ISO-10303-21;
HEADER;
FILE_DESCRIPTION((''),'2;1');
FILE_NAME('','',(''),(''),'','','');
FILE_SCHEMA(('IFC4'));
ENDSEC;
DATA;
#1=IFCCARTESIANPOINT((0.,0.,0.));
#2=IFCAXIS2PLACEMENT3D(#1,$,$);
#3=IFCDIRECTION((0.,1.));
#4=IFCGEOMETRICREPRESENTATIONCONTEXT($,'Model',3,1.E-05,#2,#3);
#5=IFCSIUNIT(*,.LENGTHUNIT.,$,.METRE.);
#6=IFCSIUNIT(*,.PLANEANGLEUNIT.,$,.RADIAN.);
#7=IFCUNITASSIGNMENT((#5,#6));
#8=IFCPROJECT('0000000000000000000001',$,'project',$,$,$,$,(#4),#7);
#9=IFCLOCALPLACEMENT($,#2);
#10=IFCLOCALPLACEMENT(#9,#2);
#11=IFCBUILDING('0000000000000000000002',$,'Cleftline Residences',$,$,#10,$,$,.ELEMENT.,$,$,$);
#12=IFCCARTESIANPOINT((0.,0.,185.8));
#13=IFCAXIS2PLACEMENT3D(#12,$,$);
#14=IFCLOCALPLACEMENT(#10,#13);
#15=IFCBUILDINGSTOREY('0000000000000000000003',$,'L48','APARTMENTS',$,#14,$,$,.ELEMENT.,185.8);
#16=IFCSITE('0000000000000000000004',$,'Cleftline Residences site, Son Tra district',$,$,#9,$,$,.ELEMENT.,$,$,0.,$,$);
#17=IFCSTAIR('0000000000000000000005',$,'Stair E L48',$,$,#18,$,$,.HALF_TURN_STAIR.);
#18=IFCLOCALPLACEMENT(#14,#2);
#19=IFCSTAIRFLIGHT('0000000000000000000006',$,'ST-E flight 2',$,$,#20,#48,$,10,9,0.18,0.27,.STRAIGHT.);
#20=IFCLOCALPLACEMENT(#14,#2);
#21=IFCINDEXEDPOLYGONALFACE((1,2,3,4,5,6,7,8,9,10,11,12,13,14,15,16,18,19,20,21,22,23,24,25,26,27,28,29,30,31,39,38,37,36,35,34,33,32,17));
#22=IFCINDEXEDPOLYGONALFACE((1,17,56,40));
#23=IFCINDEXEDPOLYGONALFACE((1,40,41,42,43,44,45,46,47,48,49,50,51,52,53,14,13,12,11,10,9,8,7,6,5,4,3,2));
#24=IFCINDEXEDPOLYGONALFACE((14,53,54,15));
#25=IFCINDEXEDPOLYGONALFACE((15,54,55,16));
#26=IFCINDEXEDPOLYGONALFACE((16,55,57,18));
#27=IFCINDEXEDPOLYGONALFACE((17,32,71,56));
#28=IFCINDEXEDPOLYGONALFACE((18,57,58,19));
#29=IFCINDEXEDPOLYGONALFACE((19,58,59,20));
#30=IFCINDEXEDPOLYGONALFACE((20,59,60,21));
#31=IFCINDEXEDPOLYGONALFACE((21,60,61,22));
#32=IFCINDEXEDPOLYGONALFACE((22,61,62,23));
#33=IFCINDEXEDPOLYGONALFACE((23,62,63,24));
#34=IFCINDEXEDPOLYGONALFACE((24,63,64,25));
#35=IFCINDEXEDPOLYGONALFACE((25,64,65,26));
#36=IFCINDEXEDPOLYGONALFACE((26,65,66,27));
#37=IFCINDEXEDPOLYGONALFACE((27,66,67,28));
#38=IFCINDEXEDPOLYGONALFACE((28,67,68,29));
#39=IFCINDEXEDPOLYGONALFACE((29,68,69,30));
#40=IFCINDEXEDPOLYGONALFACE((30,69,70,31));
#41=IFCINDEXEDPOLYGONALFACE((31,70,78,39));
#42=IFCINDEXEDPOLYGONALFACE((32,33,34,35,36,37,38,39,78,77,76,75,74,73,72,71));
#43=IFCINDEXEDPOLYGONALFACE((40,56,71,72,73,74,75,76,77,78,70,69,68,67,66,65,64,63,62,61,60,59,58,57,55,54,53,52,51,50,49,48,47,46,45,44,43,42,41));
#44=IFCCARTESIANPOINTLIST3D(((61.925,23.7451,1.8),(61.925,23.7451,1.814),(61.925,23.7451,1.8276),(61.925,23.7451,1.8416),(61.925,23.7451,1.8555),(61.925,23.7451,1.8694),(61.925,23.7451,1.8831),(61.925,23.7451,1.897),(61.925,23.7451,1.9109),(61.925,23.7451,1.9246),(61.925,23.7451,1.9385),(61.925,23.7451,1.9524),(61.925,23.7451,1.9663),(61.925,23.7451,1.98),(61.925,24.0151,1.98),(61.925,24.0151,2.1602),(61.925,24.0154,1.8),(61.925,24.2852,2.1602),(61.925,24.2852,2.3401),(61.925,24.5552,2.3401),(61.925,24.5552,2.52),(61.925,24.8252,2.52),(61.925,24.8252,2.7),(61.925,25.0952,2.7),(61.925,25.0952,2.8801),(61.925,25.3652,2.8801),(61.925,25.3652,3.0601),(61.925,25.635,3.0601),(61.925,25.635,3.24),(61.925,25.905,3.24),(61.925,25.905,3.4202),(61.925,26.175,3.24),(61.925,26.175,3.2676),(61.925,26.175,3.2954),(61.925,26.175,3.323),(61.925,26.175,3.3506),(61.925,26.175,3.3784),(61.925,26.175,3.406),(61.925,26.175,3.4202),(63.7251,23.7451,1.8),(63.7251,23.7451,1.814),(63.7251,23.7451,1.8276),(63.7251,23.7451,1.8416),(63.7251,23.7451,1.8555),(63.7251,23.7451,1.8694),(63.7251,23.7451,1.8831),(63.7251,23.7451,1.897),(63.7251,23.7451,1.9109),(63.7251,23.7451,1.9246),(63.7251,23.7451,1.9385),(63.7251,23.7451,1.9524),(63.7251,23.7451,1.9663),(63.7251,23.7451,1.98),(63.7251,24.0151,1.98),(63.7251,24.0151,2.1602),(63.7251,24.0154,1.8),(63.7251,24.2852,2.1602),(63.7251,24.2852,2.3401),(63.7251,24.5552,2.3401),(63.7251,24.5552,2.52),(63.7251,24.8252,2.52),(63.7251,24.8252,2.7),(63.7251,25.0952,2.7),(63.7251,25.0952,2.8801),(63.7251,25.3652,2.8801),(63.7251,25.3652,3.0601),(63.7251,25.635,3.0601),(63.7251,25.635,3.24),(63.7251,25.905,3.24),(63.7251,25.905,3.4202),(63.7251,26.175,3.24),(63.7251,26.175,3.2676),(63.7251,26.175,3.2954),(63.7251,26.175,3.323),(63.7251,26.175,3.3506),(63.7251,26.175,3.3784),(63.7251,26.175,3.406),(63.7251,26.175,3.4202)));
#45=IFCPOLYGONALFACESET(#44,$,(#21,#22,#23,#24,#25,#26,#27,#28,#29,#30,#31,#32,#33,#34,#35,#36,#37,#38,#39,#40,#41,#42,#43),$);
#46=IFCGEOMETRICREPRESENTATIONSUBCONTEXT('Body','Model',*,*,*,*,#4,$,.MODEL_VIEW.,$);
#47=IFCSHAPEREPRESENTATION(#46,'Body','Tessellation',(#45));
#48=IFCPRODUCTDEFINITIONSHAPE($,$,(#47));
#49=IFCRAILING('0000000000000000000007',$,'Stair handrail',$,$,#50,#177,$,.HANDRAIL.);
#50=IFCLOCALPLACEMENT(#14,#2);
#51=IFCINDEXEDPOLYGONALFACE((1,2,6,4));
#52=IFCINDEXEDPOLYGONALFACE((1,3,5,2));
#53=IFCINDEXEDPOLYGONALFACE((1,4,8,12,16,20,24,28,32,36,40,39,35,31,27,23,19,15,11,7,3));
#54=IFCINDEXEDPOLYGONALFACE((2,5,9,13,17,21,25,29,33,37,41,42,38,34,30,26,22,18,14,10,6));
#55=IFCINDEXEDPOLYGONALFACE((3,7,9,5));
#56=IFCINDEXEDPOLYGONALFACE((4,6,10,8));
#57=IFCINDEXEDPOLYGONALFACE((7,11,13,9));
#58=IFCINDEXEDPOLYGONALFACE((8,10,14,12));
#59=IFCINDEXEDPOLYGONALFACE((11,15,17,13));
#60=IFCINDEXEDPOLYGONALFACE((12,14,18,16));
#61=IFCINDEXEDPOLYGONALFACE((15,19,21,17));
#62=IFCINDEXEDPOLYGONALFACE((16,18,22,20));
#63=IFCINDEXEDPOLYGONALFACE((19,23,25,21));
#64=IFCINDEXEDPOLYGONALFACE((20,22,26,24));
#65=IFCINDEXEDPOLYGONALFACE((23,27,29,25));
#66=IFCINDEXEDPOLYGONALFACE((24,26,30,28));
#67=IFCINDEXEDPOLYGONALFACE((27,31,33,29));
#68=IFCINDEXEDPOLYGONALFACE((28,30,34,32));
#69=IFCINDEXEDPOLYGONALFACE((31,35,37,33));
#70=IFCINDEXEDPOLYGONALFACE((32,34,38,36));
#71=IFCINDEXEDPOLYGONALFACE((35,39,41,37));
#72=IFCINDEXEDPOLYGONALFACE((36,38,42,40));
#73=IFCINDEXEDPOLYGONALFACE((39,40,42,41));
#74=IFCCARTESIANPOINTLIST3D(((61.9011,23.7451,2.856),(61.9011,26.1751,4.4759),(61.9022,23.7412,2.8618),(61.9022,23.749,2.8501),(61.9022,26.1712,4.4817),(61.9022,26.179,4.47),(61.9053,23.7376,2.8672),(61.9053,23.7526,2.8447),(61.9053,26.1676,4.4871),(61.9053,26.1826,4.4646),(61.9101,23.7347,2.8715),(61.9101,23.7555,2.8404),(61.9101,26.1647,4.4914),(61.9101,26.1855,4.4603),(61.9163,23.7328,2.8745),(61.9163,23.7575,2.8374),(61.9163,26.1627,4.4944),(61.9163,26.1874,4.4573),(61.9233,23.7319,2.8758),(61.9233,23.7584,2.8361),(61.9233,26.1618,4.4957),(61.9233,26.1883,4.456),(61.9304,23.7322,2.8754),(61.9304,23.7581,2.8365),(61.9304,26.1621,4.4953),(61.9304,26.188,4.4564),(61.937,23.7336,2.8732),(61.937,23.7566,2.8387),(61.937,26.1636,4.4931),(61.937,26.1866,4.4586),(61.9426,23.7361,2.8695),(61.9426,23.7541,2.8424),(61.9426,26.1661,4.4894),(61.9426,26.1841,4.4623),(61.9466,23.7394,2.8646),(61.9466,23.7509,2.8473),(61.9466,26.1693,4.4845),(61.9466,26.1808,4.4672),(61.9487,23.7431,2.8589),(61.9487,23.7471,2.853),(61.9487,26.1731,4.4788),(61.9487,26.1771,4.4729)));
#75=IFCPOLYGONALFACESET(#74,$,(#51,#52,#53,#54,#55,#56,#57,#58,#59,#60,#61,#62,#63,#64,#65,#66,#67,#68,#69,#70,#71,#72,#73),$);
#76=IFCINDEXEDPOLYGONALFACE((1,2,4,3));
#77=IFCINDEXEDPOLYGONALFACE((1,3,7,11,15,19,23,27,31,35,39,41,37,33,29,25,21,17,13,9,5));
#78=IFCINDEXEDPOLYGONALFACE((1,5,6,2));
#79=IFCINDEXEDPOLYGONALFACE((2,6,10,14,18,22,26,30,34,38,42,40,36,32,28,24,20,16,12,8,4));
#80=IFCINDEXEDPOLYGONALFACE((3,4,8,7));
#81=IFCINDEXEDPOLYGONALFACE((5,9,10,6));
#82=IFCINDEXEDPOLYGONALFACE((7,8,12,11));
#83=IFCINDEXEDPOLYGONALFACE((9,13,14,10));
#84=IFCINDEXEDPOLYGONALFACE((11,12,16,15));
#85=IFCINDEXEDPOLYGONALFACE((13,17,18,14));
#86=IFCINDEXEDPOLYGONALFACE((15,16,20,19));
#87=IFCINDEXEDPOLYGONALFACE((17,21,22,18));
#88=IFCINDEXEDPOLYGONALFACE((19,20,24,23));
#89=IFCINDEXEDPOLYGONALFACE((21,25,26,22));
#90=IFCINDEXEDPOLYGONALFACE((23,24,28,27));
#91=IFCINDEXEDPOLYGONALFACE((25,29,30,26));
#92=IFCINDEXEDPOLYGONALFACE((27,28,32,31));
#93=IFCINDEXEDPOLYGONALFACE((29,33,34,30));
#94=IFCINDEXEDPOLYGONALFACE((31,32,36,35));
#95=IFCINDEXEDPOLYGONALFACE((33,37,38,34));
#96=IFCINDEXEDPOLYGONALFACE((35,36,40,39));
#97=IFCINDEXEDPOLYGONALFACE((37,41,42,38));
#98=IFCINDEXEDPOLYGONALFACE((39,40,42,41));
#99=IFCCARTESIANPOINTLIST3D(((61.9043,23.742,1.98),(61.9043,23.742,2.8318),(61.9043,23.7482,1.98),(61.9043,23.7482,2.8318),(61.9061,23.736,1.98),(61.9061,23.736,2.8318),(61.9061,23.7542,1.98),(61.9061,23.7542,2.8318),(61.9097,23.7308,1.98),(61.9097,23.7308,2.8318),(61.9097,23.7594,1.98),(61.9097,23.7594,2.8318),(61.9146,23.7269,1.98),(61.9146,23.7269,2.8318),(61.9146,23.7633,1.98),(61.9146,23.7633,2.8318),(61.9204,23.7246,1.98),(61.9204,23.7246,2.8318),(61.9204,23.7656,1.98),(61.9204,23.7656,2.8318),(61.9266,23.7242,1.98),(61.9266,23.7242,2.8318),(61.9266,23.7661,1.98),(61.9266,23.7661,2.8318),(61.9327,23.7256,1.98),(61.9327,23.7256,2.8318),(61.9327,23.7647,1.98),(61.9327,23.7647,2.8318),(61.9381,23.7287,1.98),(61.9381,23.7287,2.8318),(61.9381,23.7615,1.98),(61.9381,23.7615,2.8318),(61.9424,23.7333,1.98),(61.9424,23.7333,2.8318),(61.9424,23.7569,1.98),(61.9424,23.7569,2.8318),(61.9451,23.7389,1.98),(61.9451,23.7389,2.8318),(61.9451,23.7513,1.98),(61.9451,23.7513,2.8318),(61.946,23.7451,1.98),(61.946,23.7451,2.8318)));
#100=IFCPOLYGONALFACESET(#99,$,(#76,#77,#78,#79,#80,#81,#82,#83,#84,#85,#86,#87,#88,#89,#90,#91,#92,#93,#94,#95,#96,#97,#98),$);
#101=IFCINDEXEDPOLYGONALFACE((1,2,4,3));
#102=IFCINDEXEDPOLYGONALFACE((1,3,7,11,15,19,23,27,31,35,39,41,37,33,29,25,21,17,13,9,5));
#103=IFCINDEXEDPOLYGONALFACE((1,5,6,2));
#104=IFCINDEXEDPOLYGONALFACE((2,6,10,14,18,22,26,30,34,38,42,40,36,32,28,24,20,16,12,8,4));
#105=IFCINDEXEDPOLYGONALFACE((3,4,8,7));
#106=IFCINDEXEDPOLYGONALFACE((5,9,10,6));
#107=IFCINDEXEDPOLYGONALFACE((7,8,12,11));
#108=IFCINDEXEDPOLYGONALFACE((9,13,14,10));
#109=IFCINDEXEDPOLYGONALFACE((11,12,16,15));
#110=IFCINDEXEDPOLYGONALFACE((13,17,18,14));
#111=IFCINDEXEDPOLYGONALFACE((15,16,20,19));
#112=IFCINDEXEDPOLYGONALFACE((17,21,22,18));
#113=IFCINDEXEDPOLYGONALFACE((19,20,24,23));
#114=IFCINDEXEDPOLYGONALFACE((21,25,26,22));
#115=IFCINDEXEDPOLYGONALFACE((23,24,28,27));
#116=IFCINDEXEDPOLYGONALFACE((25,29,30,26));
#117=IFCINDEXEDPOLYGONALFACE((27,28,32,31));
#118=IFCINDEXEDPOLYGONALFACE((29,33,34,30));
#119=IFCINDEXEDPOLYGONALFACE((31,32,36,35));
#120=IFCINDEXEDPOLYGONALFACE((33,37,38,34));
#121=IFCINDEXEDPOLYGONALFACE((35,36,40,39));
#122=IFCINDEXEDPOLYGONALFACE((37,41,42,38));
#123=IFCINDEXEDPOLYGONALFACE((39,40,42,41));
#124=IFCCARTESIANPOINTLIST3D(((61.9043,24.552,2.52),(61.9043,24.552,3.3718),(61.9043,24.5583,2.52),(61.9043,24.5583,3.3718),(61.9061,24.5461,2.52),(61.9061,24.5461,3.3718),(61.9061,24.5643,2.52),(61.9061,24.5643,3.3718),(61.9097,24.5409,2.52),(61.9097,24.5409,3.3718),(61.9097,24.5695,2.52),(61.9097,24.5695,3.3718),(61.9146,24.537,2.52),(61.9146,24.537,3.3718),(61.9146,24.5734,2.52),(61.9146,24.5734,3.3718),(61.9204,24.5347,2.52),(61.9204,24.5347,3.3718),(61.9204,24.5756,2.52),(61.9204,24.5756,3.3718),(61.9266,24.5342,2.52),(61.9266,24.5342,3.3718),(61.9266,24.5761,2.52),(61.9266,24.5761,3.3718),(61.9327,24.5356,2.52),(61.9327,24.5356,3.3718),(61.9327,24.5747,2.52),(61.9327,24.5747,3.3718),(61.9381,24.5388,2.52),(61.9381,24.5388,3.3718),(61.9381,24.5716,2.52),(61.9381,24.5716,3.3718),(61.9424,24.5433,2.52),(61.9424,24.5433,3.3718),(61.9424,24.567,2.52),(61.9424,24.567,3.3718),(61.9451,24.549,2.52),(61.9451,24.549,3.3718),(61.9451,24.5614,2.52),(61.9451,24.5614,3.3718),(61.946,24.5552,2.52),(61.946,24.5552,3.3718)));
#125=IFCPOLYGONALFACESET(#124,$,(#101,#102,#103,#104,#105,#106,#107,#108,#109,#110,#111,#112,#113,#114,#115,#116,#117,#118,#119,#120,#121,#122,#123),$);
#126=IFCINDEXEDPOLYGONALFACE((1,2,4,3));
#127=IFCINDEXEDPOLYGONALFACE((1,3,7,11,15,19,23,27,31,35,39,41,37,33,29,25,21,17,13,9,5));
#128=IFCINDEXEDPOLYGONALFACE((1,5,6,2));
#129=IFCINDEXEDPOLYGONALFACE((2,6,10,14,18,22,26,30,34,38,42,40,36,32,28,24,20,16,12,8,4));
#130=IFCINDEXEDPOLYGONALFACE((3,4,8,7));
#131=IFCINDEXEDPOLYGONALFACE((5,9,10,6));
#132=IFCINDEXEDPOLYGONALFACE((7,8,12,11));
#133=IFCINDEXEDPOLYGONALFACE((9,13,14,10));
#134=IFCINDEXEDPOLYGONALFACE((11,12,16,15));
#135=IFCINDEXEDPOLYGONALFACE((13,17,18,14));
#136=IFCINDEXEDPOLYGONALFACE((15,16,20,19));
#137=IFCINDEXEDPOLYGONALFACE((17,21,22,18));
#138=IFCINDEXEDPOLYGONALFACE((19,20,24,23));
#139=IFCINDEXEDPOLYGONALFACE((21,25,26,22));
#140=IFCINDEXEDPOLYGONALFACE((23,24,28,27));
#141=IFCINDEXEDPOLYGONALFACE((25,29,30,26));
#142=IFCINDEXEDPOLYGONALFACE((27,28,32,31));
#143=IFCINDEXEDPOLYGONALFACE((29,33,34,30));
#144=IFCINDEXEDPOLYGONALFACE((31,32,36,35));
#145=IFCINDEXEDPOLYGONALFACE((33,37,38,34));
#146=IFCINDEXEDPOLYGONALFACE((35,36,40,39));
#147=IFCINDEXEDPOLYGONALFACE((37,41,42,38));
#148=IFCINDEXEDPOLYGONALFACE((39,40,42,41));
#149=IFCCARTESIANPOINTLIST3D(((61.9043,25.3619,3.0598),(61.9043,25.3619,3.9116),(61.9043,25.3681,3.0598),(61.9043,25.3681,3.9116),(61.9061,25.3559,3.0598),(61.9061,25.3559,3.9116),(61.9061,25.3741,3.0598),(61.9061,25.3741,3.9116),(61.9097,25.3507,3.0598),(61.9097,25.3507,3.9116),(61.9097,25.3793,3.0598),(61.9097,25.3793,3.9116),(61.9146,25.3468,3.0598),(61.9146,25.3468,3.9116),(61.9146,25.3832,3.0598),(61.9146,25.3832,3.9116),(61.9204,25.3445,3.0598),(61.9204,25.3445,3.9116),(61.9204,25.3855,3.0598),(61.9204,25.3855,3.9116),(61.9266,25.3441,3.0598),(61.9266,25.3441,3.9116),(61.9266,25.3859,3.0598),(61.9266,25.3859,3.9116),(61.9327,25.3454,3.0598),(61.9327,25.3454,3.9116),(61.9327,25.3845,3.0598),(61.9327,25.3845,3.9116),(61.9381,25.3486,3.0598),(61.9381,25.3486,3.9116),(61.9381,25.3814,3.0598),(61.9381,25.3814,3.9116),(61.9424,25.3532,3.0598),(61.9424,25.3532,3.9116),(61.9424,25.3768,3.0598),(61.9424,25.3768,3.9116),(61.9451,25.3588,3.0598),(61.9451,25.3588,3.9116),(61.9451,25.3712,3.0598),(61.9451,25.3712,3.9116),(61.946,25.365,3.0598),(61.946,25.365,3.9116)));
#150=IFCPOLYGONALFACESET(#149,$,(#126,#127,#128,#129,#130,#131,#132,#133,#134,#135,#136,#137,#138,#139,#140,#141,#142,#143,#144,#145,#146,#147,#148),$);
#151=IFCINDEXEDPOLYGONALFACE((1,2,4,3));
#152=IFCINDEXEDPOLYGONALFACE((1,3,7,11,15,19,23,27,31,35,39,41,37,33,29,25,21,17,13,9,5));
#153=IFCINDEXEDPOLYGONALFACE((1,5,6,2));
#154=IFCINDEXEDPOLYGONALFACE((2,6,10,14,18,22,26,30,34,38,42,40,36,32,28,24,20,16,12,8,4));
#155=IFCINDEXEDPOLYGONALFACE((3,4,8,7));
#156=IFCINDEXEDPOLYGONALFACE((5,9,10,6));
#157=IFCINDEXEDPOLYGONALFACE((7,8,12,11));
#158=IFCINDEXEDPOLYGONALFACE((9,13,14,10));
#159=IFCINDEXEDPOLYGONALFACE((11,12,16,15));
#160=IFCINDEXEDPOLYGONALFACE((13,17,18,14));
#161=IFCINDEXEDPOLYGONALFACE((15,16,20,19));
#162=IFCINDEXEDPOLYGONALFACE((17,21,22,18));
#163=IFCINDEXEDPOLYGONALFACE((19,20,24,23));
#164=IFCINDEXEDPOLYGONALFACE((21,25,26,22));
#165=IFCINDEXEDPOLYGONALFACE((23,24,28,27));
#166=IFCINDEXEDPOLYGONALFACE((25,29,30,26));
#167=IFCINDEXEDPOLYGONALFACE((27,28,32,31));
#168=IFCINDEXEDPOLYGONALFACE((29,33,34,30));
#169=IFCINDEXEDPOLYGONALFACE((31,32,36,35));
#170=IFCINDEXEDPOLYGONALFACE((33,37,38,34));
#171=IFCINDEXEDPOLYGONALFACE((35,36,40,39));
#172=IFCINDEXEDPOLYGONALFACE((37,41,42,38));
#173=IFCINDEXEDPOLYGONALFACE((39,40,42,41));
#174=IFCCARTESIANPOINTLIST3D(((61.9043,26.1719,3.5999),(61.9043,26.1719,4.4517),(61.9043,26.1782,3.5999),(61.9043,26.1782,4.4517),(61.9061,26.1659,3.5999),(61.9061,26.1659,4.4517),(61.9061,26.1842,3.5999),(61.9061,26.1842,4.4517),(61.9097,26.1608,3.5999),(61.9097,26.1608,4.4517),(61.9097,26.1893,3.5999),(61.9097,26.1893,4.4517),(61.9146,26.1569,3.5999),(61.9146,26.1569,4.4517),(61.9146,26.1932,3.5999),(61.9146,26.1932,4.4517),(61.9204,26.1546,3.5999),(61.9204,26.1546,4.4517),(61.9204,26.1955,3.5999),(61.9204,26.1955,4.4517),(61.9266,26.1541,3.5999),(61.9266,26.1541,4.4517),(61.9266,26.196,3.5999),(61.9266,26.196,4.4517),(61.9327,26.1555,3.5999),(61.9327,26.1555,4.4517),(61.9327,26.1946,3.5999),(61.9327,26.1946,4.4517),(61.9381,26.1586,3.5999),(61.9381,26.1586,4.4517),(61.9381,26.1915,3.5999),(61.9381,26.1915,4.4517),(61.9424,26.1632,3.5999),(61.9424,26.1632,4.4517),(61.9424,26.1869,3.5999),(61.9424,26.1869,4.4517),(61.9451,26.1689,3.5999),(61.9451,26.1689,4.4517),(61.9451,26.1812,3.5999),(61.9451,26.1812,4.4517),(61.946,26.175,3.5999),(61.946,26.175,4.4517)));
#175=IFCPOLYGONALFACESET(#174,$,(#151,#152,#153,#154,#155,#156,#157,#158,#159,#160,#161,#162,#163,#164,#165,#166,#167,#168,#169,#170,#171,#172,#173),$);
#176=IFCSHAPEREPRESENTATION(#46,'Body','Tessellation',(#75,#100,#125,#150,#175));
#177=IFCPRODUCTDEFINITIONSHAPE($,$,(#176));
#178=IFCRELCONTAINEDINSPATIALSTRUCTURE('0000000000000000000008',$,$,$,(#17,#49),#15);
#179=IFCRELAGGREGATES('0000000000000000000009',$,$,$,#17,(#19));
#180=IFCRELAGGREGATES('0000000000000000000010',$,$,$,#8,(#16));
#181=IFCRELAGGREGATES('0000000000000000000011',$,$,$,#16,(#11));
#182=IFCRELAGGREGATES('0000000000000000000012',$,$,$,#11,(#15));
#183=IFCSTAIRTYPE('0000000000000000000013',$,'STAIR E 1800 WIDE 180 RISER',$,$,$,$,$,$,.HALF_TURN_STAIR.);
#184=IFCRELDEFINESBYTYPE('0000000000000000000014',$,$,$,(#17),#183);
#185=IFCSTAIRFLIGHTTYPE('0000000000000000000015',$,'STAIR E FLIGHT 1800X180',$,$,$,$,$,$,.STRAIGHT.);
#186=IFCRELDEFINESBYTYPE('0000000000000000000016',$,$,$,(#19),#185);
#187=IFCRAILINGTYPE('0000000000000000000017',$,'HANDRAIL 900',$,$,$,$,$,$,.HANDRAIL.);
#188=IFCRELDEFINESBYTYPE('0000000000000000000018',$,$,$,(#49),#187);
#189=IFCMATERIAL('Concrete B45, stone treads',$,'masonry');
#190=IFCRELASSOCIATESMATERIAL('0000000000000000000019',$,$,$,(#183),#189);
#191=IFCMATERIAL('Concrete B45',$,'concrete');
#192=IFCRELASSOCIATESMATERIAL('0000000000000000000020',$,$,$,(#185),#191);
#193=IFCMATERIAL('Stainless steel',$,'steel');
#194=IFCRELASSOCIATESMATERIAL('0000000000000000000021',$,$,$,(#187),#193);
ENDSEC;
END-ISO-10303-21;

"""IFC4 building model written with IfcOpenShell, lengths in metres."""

from ifc_helpers import new_model, si_unit, direction, frame, origin, origin_2d, place, context, subcontext, project, spatial, polyline, circle, outline, extrude, material, type_object, element, aggregate, save


model = new_model("IFC4")

# Units and contexts
model_context = context("Model", 3, precision=1e-05, world=origin(), true_north=direction((0.0, 1.0)))
body_context = subcontext(model_context, "Body", "Model", "MODEL_VIEW")
ifc_project = project(units=[si_unit("LENGTHUNIT", "METRE"), si_unit("PLANEANGLEUNIT", "RADIAN")], contexts=[model_context])

# Site, building, storey
site_placement = place(None, origin())
site = spatial("IfcSite", under=ifc_project, at=site_placement, Name="Cleftline Residences site, Son Tra district", CompositionType="ELEMENT", RefElevation=0.0)
building_placement = place(site_placement, origin())
building = spatial("IfcBuilding", under=site, at=building_placement, Name="Cleftline Residences", CompositionType="ELEMENT")
storey_placement = place(building_placement, frame((0.0, 0.0, 185.8)))
storey = spatial("IfcBuildingStorey", under=building, at=storey_placement, Name="L48", Description="APARTMENTS", CompositionType="ELEMENT", Elevation=185.8)

# Stair, stair flight
ifc_material_1 = material(Name="Concrete B45, stone treads", Category="masonry")
stair_type = type_object("IfcStairType", Name="STAIR E 1800 WIDE 180 RISER", PredefinedType="HALF_TURN_STAIR", material=ifc_material_1)
stair_placement = place(storey_placement, origin())
stair = element("IfcStair", 1, at=stair_placement, inside=storey, type_object=stair_type, Name="Stair E L48", PredefinedType="HALF_TURN_STAIR")
ifc_material_2 = material(Name="Concrete B45", Category="concrete")
stair_flight_type = type_object("IfcStairFlightType", Name="STAIR E FLIGHT 1800X180", PredefinedType="STRAIGHT", material=ifc_material_2)
stair_flight_placement = place(storey_placement, frame((62.825, 23.7451, 1.8), z_axis=(0.0, 0.0, 1.0), x_axis=(0.0, 1.0, 0.0)))
stair_flight = element("IfcStairFlight", 2, at=stair_flight_placement, type_object=stair_flight_type, Name="ST-E flight 2", NumberOfRisers=10, NumberOfTreads=9, PredefinedType="STRAIGHT", RiserHeight=0.18, TreadLength=0.27, context=body_context, shape_type="SweptSolid", body=[
    extrude(outline(polyline([(0.0, 0.0), (0.0, 0.0139), (0.0, 0.0276), (0.0, 0.0415), (0.0, 0.0554), (0.0, 0.0693), (0.0, 0.083), (0.0, 0.0969), (0.0, 0.1108), (0.0, 0.1245), (0.0, 0.1384), (0.0, 0.1523), (0.0, 0.1663), (0.0, 0.1799), (0.27, 0.1799), (0.27, 0.3601), (0.54, 0.3601), (0.54, 0.54), (0.8101, 0.54), (0.8101, 0.72), (1.0801, 0.72), (1.0801, 0.8999), (1.3501, 0.8999), (1.3501, 1.0801), (1.6201, 1.0801), (1.6201, 1.26), (1.8899, 1.26), (1.8899, 1.4399), (2.1599, 1.4399), (2.1599, 1.6201), (2.4299, 1.6201), (2.4299, 1.8), (2.4299, 1.7722), (2.4299, 1.7446), (2.4299, 1.7168), (2.4299, 1.6892), (2.4299, 1.6614), (2.4299, 1.6338), (2.4299, 1.606), (2.4299, 1.5784), (2.4299, 1.5505), (2.4299, 1.5229), (2.4299, 1.4954), (2.4299, 1.4675), (2.4299, 1.4399), (0.2703, 0.0), (0.0, 0.0)])), frame((0.0, 0.8999, 0.0), z_axis=(0.0, -1.0, 0.0), x_axis=(1.0, 0.0, 0.0)), (0.0, 0.0, 1.0), 1.8),
])
aggregate(stair, [stair_flight])

# Railing
ifc_material_3 = material(Name="Stainless steel", Category="steel")
railing_type = type_object("IfcRailingType", Name="HANDRAIL 900", PredefinedType="HANDRAIL", material=ifc_material_3)
railing_placement = place(storey_placement, frame((61.925, 23.7451, 1.98)))
element("IfcRailing", 3, at=railing_placement, inside=storey, type_object=railing_type, Name="Stair handrail", PredefinedType="HANDRAIL", context=body_context, shape_type="SweptSolid", body=[
    extrude(circle(Radius=0.0239, at=origin_2d()), frame((0.0, 0.0, 0.876), z_axis=(0.0, 0.832063, 0.554681), x_axis=(-1.0, 0.0, 0.0)), (0.0, 0.0, 1.0), 2.9204),
    extrude(circle(Radius=0.021, at=origin_2d()), origin(), (0.0, 0.0, 1.0), 0.8518),
    extrude(circle(Radius=0.021, at=origin_2d()), frame((0.0, 0.8101, 0.54)), (0.0, 0.0, 1.0), 0.8518),
    extrude(circle(Radius=0.021, at=origin_2d()), frame((0.0, 1.6199, 1.0798)), (0.0, 0.0, 1.0), 0.8518),
    extrude(circle(Radius=0.021, at=origin_2d()), frame((0.0, 2.4299, 1.6199)), (0.0, 0.0, 1.0), 0.8518),
])

save(model, "model.ifc")
